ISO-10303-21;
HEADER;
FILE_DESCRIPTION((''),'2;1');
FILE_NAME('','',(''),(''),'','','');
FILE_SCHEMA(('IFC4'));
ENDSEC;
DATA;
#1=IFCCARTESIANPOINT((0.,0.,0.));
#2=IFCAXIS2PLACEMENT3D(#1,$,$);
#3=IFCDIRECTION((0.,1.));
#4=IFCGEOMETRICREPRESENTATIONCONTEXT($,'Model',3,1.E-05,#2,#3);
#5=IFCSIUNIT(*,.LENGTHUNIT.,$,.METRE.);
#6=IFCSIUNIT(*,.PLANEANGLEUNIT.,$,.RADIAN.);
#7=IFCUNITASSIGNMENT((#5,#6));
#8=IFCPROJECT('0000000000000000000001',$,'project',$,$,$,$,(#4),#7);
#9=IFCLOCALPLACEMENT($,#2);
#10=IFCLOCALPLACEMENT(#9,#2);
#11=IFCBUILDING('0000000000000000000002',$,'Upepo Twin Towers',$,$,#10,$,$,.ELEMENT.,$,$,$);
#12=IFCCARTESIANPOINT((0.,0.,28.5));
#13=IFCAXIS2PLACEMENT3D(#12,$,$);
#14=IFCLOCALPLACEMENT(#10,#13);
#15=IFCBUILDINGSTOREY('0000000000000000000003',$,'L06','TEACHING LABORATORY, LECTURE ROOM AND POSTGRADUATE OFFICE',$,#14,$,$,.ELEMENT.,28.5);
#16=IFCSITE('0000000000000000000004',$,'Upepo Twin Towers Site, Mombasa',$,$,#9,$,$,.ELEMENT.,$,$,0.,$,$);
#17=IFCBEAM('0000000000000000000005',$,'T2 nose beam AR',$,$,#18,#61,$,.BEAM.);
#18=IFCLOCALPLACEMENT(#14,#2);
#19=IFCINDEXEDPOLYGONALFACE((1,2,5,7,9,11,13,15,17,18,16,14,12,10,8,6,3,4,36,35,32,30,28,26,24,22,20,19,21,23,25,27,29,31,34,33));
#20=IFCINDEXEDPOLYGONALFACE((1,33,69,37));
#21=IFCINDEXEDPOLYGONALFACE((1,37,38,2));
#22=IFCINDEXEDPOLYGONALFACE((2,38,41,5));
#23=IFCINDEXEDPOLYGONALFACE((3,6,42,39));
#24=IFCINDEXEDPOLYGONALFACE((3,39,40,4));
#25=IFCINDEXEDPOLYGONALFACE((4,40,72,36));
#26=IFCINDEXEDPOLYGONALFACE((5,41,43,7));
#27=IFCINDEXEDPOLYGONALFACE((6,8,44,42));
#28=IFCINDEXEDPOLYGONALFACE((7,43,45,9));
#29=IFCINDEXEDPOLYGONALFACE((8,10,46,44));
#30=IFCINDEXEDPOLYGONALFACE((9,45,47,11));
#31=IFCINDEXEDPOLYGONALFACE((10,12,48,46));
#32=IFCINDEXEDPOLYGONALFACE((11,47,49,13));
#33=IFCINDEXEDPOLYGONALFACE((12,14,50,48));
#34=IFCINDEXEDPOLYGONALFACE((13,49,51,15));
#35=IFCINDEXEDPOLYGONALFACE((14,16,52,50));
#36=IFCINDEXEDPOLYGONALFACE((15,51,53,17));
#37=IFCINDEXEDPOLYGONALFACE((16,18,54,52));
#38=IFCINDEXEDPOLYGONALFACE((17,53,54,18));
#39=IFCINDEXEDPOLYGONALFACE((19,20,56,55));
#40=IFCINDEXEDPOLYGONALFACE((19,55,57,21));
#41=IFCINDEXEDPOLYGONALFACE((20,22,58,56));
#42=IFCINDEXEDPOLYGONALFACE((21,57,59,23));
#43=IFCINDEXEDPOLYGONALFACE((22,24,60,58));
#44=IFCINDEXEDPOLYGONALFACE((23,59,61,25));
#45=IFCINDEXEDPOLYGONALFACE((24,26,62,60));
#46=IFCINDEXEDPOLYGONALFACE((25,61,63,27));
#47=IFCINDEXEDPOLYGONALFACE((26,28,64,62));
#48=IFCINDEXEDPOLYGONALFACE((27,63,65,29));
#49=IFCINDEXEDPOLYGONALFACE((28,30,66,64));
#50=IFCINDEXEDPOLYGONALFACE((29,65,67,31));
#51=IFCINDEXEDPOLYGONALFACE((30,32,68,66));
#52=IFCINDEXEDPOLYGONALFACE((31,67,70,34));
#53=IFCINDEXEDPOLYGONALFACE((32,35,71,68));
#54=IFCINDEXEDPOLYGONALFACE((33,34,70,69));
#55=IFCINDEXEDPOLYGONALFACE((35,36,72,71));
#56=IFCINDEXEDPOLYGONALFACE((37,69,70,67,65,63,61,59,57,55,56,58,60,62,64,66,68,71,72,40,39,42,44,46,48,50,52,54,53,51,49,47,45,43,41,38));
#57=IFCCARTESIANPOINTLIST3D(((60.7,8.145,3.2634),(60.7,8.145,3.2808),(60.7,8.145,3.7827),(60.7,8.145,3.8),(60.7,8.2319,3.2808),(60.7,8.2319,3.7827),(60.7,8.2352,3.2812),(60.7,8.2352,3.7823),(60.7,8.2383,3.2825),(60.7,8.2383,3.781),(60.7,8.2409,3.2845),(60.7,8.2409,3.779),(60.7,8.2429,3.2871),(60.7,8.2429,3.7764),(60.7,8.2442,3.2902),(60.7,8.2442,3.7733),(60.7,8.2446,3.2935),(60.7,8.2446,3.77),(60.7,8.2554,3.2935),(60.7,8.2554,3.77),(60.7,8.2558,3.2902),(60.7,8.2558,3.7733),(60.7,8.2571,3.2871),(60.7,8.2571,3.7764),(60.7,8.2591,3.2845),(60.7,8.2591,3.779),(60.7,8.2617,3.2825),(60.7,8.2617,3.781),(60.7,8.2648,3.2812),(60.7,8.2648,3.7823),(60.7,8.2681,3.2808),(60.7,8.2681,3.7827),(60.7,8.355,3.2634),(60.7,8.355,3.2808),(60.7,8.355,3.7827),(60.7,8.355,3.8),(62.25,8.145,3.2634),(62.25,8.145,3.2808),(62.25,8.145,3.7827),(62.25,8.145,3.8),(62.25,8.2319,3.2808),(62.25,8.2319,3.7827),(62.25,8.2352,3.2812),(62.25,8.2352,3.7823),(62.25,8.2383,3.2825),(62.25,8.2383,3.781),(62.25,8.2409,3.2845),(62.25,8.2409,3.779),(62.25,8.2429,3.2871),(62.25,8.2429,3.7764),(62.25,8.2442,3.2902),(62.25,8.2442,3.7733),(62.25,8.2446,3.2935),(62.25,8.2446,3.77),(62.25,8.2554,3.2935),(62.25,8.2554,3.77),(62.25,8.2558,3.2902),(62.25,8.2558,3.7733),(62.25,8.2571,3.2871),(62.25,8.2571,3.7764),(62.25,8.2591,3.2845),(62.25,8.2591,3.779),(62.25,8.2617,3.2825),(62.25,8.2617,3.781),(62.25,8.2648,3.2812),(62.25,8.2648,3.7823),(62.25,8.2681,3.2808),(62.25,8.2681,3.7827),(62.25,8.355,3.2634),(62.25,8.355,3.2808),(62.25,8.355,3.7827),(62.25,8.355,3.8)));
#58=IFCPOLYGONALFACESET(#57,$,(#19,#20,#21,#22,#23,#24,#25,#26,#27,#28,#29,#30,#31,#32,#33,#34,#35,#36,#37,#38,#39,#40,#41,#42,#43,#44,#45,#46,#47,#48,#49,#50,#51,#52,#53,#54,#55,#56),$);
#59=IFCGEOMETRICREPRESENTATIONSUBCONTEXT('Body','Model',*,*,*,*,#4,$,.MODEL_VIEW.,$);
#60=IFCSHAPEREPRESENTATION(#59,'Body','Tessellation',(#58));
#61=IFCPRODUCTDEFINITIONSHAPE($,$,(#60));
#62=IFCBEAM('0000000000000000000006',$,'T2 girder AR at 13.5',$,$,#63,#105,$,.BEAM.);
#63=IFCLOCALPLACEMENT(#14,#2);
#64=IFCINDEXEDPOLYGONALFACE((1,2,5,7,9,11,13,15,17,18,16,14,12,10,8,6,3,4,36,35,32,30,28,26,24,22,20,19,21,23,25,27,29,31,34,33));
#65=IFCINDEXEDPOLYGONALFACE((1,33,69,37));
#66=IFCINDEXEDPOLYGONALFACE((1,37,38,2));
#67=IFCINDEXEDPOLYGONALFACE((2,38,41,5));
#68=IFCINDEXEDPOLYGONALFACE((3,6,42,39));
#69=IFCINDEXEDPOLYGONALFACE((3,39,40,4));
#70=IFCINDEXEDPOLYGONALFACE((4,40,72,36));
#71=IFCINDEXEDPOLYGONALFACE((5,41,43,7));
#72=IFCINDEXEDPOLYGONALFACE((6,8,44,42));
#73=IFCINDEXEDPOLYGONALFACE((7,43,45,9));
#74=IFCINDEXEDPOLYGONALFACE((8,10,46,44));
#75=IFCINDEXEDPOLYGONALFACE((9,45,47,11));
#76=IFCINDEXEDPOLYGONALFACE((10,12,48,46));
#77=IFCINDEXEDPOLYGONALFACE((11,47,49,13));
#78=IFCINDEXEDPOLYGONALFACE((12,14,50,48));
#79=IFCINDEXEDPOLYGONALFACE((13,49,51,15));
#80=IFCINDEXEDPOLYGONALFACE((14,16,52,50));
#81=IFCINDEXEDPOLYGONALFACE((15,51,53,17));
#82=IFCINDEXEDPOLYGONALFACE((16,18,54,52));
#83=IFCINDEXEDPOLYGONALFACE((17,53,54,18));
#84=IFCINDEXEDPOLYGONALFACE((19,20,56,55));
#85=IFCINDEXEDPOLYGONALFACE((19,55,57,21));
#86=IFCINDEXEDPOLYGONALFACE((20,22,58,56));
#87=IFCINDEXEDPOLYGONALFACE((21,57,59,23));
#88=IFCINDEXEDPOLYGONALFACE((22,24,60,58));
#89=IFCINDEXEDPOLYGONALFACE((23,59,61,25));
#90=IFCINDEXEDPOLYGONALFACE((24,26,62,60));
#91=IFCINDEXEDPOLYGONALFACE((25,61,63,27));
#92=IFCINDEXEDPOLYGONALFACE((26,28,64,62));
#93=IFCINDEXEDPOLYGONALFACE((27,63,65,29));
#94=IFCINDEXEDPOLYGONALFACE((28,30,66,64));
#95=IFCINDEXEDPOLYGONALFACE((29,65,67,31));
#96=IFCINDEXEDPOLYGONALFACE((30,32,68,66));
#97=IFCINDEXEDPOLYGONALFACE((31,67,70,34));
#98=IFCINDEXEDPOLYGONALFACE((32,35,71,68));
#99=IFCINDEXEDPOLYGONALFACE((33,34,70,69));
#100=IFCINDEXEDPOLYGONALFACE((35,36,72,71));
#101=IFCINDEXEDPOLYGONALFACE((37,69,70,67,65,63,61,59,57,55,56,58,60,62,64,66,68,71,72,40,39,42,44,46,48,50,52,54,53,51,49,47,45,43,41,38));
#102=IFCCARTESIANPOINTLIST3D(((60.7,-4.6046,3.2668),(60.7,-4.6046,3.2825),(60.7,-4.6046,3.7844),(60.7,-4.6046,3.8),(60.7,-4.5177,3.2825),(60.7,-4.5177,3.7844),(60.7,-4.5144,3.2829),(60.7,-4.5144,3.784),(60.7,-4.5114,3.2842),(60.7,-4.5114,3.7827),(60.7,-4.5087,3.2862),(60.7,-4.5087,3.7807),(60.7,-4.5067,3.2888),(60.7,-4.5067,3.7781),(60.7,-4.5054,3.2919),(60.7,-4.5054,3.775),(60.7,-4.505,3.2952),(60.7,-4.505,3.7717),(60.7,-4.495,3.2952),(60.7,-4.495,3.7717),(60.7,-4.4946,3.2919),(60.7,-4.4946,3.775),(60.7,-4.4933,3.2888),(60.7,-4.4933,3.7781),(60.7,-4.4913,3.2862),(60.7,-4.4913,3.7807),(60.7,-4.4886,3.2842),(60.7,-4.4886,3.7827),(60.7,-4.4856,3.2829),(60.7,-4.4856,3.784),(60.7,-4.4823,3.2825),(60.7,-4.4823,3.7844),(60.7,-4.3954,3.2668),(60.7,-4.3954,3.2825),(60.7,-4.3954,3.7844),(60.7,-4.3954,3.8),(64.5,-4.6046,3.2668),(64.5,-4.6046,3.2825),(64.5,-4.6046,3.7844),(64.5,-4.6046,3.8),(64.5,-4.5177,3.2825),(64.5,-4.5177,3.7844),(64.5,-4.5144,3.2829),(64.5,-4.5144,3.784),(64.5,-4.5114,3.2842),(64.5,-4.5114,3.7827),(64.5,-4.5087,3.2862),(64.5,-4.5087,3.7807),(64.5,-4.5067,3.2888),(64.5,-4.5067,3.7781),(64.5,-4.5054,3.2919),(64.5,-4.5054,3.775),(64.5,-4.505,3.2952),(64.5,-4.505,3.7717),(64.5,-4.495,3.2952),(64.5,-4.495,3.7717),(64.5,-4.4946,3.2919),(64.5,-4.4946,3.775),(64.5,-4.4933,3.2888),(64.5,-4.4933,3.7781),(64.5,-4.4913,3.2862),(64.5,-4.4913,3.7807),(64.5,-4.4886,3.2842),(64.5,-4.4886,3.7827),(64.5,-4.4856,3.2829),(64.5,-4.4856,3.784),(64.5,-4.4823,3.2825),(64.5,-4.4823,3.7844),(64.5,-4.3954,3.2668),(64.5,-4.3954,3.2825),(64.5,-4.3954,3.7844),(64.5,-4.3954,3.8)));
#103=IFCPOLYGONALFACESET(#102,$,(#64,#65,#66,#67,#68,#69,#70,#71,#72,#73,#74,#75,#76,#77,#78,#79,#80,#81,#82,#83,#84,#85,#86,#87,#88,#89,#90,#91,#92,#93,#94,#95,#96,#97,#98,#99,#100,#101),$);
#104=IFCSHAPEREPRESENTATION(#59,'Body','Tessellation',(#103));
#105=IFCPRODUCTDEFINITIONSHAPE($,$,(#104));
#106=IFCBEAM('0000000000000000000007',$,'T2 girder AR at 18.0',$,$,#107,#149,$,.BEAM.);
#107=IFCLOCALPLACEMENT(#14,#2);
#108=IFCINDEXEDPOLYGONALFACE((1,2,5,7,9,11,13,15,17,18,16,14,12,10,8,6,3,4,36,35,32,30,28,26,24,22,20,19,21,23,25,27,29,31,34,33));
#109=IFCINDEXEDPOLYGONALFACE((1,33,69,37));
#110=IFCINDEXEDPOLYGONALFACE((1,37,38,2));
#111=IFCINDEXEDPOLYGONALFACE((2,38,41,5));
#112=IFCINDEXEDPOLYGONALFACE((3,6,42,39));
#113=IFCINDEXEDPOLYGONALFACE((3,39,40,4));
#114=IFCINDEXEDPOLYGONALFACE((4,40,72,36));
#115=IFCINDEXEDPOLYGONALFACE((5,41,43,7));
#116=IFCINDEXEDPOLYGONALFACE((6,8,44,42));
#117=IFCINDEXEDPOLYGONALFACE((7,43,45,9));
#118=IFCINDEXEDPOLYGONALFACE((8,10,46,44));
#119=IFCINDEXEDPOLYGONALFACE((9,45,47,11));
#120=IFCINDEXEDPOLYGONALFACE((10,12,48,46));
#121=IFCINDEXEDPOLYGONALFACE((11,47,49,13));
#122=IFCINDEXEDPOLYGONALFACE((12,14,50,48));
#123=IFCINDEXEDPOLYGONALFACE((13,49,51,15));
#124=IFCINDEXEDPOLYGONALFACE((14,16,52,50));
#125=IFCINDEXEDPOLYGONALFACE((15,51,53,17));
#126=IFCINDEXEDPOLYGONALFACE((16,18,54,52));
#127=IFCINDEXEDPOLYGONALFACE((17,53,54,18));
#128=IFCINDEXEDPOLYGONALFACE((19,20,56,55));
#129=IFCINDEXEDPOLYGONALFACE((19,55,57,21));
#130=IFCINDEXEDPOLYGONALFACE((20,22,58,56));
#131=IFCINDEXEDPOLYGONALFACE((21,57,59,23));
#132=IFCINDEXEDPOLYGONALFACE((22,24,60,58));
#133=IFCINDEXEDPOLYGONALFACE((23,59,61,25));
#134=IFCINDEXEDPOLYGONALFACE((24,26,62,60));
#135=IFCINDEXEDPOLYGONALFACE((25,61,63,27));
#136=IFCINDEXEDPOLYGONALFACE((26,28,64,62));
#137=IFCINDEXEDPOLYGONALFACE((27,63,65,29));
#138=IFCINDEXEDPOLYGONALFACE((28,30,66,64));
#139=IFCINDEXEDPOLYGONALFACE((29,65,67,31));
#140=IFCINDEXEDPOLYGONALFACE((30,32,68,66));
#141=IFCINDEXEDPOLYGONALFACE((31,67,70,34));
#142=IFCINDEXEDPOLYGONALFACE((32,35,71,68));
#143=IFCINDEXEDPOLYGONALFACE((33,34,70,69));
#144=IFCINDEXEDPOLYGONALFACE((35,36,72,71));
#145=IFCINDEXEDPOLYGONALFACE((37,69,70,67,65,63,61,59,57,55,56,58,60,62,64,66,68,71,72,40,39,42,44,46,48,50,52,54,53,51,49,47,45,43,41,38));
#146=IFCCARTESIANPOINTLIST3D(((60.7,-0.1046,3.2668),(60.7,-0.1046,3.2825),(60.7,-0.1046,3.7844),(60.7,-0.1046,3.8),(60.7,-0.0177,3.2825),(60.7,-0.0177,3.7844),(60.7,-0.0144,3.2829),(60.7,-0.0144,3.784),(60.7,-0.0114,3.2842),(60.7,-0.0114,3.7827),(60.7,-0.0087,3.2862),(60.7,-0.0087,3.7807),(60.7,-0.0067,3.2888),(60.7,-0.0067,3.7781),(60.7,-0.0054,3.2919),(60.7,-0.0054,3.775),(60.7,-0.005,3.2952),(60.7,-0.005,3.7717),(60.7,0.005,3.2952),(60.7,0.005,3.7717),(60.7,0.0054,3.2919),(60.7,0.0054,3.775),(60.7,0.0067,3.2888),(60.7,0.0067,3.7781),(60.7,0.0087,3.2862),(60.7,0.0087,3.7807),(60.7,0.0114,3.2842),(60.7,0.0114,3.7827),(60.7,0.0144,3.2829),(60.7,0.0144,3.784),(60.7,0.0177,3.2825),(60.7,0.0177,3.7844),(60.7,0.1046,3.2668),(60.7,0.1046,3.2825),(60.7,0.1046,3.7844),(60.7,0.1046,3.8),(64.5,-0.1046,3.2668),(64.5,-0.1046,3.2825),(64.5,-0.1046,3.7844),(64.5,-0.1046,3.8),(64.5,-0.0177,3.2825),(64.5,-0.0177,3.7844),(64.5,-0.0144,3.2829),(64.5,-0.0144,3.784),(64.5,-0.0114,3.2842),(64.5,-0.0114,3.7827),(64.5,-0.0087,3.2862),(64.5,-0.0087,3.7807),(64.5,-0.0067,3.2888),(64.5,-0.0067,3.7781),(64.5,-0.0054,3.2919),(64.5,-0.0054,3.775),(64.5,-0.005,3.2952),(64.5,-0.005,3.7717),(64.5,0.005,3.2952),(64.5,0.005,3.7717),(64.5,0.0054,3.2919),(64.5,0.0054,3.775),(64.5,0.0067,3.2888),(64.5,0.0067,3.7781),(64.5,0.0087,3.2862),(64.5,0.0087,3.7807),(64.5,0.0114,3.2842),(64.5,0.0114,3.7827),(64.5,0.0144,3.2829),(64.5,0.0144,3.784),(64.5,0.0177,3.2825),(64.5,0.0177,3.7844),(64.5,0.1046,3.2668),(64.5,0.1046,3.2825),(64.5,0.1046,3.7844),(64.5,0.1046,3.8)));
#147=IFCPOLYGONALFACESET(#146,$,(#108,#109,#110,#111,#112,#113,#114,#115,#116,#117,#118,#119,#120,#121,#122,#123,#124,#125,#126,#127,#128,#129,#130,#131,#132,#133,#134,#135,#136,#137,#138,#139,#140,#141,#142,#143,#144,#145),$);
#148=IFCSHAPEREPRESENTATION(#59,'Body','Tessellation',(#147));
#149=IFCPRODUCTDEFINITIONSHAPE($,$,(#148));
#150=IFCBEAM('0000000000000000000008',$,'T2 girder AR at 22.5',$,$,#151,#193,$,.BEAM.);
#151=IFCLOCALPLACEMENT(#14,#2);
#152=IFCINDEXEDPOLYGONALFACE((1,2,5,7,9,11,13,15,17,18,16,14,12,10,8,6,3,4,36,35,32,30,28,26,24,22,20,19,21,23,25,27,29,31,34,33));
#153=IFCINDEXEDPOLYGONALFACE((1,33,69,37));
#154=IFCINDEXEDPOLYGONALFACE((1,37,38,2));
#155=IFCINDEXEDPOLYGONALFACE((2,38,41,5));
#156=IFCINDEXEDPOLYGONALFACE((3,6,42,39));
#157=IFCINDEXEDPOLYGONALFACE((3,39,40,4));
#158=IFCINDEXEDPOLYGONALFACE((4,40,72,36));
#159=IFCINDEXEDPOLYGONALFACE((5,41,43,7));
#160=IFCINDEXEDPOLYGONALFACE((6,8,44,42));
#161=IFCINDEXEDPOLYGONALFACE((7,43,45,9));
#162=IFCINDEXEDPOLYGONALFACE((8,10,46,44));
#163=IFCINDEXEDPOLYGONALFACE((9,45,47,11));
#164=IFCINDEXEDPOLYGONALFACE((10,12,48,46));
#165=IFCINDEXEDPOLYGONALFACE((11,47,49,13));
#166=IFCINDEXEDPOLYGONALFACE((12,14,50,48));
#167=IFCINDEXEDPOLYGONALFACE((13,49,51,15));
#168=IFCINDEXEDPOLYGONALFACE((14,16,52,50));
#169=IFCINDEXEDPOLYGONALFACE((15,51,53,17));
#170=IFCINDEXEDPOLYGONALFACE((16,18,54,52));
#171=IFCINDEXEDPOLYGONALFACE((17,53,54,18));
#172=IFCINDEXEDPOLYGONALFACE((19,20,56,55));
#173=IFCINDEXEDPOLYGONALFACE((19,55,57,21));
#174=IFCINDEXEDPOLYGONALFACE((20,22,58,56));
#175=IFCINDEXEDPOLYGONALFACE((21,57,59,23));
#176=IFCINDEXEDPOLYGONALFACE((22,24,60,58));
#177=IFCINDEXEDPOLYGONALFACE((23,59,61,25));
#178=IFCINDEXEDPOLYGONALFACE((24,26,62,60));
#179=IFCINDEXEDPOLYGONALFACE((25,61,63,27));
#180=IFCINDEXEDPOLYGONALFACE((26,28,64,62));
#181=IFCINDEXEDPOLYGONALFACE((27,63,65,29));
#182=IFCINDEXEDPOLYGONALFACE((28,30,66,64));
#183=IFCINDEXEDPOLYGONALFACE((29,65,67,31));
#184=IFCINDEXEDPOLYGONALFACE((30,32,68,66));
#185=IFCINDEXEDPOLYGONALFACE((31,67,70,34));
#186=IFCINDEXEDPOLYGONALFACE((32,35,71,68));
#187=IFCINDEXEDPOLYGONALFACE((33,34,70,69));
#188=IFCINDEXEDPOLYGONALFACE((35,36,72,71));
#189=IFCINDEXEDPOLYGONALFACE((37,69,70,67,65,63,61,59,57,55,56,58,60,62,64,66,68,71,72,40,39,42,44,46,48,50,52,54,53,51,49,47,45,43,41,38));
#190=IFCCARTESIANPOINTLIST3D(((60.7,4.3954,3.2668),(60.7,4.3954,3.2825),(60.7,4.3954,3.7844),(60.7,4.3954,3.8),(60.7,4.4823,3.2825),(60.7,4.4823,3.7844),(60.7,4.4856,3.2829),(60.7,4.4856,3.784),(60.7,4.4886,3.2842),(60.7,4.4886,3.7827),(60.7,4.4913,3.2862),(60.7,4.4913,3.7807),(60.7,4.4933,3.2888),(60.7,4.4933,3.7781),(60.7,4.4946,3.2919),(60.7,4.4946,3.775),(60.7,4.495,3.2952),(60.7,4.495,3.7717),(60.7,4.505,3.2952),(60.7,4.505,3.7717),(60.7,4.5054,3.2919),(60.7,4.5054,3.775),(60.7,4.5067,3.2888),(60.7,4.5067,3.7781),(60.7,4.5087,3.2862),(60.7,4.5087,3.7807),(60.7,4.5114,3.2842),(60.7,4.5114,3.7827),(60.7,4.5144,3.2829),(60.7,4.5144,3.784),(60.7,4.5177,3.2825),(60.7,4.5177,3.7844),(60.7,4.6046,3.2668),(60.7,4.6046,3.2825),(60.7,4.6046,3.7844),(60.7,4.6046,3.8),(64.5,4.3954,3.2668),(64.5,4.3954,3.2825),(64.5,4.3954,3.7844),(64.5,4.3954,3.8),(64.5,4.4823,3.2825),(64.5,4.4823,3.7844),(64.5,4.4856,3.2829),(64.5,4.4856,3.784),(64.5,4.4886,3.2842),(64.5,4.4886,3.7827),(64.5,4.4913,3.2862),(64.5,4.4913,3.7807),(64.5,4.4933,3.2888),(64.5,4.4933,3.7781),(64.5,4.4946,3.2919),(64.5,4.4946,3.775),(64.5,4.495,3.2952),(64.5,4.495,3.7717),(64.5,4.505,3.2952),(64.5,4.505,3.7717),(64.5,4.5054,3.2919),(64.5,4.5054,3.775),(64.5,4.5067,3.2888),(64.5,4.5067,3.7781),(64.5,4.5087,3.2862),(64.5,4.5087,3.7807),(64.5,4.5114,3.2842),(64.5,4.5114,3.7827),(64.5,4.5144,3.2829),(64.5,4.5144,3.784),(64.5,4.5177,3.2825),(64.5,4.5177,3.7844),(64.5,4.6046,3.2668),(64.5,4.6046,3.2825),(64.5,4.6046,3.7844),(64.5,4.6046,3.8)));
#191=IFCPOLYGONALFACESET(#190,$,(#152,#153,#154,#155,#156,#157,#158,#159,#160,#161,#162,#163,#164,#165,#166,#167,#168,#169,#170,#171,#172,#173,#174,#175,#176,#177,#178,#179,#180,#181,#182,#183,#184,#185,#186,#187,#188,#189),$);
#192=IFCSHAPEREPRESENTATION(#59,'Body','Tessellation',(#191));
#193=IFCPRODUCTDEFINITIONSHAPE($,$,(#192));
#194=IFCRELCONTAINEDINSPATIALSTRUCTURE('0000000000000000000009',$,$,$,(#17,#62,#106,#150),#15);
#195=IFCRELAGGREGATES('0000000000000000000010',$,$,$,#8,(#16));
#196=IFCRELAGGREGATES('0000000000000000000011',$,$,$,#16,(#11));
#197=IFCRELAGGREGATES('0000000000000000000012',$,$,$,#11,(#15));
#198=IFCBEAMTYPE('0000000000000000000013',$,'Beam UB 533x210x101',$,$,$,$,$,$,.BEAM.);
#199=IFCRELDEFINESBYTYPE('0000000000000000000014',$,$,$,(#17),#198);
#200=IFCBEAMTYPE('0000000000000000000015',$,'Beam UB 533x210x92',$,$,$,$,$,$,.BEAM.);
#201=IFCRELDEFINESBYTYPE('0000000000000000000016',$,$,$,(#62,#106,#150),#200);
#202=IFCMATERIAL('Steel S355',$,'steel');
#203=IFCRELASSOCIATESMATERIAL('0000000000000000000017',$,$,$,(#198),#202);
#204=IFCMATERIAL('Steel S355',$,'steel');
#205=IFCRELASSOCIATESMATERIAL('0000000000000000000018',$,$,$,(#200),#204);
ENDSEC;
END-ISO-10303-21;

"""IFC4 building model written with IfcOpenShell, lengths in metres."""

from ifc_helpers import new_model, si_unit, direction, frame, origin, origin_2d, place, context, subcontext, project, spatial, i_section, extrude, material, material_profile, profile_set, type_object, element, save


model = new_model("IFC4")

# Units and contexts
model_context = context("Model", 3, precision=1e-05, world=origin(), true_north=direction((0.0, 1.0)))
body_context = subcontext(model_context, "Body", "Model", "MODEL_VIEW")
ifc_project = project(units=[si_unit("LENGTHUNIT", "METRE"), si_unit("PLANEANGLEUNIT", "RADIAN")], contexts=[model_context])

# Site, building, storey
site_placement = place(None, origin())
site = spatial("IfcSite", under=ifc_project, at=site_placement, Name="Upepo Twin Towers Site, Mombasa", CompositionType="ELEMENT", RefElevation=0.0)
building_placement = place(site_placement, origin())
building = spatial("IfcBuilding", under=site, at=building_placement, Name="Upepo Twin Towers", CompositionType="ELEMENT")
storey_placement = place(building_placement, frame((0.0, 0.0, 28.5)))
storey = spatial("IfcBuildingStorey", under=building, at=storey_placement, Name="L06", Description="TEACHING LABORATORY, LECTURE ROOM AND POSTGRADUATE OFFICE", CompositionType="ELEMENT", Elevation=28.5)

# Beams
ifc_material_1 = material(Name="Steel S355", Category="steel")
ifc_material_profile_1 = material_profile(ifc_material_1, i_section(OverallWidth=0.21, OverallDepth=0.5366, WebThickness=0.0107, FlangeThickness=0.0173, FilletRadius=0.0127, at=origin_2d()), Name="UB 533x210x101")
ifc_profile_set_1 = profile_set([ifc_material_profile_1], Name="Steel S355")
beam_type_1 = type_object("IfcBeamType", Name="Beam UB 533x210x101", PredefinedType="BEAM", material=ifc_profile_set_1)
beam_1_placement = place(storey_placement, frame((62.25, 8.25, 3.5317), z_axis=(-1.0, 0.0, 0.0), x_axis=(0.0, -1.0, 0.0)))
element("IfcBeam", 1, at=beam_1_placement, inside=storey, type_object=beam_type_1, Name="T2 nose beam AR", PredefinedType="BEAM", context=body_context, shape_type="SweptSolid", body=[
    extrude(i_section(OverallWidth=0.21, OverallDepth=0.5366, WebThickness=0.0107, FlangeThickness=0.0173, FilletRadius=0.0127, at=origin_2d()), origin(), (0.0, 0.0, 1.0), 1.55),
])
ifc_material_2 = material(Name="Steel S355", Category="steel")
ifc_material_profile_2 = material_profile(ifc_material_2, i_section(OverallWidth=0.2092, OverallDepth=0.5332, WebThickness=0.01, FlangeThickness=0.0156, FilletRadius=0.0127, at=origin_2d()), Name="UB 533x210x92")
ifc_profile_set_2 = profile_set([ifc_material_profile_2], Name="Steel S355")
beam_type_2 = type_object("IfcBeamType", Name="Beam UB 533x210x92", PredefinedType="BEAM", material=ifc_profile_set_2)
for number, where, z_axis, x_axis, name in (
    (2, (64.5, -4.5, 3.5334), (-1.0, 0.0, 0.0), (0.0, -1.0, 0.0), "T2 girder AR at 13.5"),
    (3, (64.5, 0.0, 3.5334), (-1.0, 0.0, 0.0), (0.0, -1.0, 0.0), "T2 girder AR at 18.0"),
    (4, (64.5, 4.5, 3.5334), (-1.0, 0.0, 0.0), (0.0, -1.0, 0.0), "T2 girder AR at 22.5"),
):
    element("IfcBeam", number, at=place(storey_placement, frame(where, z_axis=z_axis, x_axis=x_axis)), inside=storey, type_object=beam_type_2, Name=name, PredefinedType="BEAM", context=body_context, shape_type="SweptSolid", body=[
        extrude(i_section(OverallWidth=0.2092, OverallDepth=0.5332, WebThickness=0.01, FlangeThickness=0.0156, FilletRadius=0.0127, at=origin_2d()), origin(), (0.0, 0.0, 1.0), 3.8),
    ])

save(model, "model.ifc")
